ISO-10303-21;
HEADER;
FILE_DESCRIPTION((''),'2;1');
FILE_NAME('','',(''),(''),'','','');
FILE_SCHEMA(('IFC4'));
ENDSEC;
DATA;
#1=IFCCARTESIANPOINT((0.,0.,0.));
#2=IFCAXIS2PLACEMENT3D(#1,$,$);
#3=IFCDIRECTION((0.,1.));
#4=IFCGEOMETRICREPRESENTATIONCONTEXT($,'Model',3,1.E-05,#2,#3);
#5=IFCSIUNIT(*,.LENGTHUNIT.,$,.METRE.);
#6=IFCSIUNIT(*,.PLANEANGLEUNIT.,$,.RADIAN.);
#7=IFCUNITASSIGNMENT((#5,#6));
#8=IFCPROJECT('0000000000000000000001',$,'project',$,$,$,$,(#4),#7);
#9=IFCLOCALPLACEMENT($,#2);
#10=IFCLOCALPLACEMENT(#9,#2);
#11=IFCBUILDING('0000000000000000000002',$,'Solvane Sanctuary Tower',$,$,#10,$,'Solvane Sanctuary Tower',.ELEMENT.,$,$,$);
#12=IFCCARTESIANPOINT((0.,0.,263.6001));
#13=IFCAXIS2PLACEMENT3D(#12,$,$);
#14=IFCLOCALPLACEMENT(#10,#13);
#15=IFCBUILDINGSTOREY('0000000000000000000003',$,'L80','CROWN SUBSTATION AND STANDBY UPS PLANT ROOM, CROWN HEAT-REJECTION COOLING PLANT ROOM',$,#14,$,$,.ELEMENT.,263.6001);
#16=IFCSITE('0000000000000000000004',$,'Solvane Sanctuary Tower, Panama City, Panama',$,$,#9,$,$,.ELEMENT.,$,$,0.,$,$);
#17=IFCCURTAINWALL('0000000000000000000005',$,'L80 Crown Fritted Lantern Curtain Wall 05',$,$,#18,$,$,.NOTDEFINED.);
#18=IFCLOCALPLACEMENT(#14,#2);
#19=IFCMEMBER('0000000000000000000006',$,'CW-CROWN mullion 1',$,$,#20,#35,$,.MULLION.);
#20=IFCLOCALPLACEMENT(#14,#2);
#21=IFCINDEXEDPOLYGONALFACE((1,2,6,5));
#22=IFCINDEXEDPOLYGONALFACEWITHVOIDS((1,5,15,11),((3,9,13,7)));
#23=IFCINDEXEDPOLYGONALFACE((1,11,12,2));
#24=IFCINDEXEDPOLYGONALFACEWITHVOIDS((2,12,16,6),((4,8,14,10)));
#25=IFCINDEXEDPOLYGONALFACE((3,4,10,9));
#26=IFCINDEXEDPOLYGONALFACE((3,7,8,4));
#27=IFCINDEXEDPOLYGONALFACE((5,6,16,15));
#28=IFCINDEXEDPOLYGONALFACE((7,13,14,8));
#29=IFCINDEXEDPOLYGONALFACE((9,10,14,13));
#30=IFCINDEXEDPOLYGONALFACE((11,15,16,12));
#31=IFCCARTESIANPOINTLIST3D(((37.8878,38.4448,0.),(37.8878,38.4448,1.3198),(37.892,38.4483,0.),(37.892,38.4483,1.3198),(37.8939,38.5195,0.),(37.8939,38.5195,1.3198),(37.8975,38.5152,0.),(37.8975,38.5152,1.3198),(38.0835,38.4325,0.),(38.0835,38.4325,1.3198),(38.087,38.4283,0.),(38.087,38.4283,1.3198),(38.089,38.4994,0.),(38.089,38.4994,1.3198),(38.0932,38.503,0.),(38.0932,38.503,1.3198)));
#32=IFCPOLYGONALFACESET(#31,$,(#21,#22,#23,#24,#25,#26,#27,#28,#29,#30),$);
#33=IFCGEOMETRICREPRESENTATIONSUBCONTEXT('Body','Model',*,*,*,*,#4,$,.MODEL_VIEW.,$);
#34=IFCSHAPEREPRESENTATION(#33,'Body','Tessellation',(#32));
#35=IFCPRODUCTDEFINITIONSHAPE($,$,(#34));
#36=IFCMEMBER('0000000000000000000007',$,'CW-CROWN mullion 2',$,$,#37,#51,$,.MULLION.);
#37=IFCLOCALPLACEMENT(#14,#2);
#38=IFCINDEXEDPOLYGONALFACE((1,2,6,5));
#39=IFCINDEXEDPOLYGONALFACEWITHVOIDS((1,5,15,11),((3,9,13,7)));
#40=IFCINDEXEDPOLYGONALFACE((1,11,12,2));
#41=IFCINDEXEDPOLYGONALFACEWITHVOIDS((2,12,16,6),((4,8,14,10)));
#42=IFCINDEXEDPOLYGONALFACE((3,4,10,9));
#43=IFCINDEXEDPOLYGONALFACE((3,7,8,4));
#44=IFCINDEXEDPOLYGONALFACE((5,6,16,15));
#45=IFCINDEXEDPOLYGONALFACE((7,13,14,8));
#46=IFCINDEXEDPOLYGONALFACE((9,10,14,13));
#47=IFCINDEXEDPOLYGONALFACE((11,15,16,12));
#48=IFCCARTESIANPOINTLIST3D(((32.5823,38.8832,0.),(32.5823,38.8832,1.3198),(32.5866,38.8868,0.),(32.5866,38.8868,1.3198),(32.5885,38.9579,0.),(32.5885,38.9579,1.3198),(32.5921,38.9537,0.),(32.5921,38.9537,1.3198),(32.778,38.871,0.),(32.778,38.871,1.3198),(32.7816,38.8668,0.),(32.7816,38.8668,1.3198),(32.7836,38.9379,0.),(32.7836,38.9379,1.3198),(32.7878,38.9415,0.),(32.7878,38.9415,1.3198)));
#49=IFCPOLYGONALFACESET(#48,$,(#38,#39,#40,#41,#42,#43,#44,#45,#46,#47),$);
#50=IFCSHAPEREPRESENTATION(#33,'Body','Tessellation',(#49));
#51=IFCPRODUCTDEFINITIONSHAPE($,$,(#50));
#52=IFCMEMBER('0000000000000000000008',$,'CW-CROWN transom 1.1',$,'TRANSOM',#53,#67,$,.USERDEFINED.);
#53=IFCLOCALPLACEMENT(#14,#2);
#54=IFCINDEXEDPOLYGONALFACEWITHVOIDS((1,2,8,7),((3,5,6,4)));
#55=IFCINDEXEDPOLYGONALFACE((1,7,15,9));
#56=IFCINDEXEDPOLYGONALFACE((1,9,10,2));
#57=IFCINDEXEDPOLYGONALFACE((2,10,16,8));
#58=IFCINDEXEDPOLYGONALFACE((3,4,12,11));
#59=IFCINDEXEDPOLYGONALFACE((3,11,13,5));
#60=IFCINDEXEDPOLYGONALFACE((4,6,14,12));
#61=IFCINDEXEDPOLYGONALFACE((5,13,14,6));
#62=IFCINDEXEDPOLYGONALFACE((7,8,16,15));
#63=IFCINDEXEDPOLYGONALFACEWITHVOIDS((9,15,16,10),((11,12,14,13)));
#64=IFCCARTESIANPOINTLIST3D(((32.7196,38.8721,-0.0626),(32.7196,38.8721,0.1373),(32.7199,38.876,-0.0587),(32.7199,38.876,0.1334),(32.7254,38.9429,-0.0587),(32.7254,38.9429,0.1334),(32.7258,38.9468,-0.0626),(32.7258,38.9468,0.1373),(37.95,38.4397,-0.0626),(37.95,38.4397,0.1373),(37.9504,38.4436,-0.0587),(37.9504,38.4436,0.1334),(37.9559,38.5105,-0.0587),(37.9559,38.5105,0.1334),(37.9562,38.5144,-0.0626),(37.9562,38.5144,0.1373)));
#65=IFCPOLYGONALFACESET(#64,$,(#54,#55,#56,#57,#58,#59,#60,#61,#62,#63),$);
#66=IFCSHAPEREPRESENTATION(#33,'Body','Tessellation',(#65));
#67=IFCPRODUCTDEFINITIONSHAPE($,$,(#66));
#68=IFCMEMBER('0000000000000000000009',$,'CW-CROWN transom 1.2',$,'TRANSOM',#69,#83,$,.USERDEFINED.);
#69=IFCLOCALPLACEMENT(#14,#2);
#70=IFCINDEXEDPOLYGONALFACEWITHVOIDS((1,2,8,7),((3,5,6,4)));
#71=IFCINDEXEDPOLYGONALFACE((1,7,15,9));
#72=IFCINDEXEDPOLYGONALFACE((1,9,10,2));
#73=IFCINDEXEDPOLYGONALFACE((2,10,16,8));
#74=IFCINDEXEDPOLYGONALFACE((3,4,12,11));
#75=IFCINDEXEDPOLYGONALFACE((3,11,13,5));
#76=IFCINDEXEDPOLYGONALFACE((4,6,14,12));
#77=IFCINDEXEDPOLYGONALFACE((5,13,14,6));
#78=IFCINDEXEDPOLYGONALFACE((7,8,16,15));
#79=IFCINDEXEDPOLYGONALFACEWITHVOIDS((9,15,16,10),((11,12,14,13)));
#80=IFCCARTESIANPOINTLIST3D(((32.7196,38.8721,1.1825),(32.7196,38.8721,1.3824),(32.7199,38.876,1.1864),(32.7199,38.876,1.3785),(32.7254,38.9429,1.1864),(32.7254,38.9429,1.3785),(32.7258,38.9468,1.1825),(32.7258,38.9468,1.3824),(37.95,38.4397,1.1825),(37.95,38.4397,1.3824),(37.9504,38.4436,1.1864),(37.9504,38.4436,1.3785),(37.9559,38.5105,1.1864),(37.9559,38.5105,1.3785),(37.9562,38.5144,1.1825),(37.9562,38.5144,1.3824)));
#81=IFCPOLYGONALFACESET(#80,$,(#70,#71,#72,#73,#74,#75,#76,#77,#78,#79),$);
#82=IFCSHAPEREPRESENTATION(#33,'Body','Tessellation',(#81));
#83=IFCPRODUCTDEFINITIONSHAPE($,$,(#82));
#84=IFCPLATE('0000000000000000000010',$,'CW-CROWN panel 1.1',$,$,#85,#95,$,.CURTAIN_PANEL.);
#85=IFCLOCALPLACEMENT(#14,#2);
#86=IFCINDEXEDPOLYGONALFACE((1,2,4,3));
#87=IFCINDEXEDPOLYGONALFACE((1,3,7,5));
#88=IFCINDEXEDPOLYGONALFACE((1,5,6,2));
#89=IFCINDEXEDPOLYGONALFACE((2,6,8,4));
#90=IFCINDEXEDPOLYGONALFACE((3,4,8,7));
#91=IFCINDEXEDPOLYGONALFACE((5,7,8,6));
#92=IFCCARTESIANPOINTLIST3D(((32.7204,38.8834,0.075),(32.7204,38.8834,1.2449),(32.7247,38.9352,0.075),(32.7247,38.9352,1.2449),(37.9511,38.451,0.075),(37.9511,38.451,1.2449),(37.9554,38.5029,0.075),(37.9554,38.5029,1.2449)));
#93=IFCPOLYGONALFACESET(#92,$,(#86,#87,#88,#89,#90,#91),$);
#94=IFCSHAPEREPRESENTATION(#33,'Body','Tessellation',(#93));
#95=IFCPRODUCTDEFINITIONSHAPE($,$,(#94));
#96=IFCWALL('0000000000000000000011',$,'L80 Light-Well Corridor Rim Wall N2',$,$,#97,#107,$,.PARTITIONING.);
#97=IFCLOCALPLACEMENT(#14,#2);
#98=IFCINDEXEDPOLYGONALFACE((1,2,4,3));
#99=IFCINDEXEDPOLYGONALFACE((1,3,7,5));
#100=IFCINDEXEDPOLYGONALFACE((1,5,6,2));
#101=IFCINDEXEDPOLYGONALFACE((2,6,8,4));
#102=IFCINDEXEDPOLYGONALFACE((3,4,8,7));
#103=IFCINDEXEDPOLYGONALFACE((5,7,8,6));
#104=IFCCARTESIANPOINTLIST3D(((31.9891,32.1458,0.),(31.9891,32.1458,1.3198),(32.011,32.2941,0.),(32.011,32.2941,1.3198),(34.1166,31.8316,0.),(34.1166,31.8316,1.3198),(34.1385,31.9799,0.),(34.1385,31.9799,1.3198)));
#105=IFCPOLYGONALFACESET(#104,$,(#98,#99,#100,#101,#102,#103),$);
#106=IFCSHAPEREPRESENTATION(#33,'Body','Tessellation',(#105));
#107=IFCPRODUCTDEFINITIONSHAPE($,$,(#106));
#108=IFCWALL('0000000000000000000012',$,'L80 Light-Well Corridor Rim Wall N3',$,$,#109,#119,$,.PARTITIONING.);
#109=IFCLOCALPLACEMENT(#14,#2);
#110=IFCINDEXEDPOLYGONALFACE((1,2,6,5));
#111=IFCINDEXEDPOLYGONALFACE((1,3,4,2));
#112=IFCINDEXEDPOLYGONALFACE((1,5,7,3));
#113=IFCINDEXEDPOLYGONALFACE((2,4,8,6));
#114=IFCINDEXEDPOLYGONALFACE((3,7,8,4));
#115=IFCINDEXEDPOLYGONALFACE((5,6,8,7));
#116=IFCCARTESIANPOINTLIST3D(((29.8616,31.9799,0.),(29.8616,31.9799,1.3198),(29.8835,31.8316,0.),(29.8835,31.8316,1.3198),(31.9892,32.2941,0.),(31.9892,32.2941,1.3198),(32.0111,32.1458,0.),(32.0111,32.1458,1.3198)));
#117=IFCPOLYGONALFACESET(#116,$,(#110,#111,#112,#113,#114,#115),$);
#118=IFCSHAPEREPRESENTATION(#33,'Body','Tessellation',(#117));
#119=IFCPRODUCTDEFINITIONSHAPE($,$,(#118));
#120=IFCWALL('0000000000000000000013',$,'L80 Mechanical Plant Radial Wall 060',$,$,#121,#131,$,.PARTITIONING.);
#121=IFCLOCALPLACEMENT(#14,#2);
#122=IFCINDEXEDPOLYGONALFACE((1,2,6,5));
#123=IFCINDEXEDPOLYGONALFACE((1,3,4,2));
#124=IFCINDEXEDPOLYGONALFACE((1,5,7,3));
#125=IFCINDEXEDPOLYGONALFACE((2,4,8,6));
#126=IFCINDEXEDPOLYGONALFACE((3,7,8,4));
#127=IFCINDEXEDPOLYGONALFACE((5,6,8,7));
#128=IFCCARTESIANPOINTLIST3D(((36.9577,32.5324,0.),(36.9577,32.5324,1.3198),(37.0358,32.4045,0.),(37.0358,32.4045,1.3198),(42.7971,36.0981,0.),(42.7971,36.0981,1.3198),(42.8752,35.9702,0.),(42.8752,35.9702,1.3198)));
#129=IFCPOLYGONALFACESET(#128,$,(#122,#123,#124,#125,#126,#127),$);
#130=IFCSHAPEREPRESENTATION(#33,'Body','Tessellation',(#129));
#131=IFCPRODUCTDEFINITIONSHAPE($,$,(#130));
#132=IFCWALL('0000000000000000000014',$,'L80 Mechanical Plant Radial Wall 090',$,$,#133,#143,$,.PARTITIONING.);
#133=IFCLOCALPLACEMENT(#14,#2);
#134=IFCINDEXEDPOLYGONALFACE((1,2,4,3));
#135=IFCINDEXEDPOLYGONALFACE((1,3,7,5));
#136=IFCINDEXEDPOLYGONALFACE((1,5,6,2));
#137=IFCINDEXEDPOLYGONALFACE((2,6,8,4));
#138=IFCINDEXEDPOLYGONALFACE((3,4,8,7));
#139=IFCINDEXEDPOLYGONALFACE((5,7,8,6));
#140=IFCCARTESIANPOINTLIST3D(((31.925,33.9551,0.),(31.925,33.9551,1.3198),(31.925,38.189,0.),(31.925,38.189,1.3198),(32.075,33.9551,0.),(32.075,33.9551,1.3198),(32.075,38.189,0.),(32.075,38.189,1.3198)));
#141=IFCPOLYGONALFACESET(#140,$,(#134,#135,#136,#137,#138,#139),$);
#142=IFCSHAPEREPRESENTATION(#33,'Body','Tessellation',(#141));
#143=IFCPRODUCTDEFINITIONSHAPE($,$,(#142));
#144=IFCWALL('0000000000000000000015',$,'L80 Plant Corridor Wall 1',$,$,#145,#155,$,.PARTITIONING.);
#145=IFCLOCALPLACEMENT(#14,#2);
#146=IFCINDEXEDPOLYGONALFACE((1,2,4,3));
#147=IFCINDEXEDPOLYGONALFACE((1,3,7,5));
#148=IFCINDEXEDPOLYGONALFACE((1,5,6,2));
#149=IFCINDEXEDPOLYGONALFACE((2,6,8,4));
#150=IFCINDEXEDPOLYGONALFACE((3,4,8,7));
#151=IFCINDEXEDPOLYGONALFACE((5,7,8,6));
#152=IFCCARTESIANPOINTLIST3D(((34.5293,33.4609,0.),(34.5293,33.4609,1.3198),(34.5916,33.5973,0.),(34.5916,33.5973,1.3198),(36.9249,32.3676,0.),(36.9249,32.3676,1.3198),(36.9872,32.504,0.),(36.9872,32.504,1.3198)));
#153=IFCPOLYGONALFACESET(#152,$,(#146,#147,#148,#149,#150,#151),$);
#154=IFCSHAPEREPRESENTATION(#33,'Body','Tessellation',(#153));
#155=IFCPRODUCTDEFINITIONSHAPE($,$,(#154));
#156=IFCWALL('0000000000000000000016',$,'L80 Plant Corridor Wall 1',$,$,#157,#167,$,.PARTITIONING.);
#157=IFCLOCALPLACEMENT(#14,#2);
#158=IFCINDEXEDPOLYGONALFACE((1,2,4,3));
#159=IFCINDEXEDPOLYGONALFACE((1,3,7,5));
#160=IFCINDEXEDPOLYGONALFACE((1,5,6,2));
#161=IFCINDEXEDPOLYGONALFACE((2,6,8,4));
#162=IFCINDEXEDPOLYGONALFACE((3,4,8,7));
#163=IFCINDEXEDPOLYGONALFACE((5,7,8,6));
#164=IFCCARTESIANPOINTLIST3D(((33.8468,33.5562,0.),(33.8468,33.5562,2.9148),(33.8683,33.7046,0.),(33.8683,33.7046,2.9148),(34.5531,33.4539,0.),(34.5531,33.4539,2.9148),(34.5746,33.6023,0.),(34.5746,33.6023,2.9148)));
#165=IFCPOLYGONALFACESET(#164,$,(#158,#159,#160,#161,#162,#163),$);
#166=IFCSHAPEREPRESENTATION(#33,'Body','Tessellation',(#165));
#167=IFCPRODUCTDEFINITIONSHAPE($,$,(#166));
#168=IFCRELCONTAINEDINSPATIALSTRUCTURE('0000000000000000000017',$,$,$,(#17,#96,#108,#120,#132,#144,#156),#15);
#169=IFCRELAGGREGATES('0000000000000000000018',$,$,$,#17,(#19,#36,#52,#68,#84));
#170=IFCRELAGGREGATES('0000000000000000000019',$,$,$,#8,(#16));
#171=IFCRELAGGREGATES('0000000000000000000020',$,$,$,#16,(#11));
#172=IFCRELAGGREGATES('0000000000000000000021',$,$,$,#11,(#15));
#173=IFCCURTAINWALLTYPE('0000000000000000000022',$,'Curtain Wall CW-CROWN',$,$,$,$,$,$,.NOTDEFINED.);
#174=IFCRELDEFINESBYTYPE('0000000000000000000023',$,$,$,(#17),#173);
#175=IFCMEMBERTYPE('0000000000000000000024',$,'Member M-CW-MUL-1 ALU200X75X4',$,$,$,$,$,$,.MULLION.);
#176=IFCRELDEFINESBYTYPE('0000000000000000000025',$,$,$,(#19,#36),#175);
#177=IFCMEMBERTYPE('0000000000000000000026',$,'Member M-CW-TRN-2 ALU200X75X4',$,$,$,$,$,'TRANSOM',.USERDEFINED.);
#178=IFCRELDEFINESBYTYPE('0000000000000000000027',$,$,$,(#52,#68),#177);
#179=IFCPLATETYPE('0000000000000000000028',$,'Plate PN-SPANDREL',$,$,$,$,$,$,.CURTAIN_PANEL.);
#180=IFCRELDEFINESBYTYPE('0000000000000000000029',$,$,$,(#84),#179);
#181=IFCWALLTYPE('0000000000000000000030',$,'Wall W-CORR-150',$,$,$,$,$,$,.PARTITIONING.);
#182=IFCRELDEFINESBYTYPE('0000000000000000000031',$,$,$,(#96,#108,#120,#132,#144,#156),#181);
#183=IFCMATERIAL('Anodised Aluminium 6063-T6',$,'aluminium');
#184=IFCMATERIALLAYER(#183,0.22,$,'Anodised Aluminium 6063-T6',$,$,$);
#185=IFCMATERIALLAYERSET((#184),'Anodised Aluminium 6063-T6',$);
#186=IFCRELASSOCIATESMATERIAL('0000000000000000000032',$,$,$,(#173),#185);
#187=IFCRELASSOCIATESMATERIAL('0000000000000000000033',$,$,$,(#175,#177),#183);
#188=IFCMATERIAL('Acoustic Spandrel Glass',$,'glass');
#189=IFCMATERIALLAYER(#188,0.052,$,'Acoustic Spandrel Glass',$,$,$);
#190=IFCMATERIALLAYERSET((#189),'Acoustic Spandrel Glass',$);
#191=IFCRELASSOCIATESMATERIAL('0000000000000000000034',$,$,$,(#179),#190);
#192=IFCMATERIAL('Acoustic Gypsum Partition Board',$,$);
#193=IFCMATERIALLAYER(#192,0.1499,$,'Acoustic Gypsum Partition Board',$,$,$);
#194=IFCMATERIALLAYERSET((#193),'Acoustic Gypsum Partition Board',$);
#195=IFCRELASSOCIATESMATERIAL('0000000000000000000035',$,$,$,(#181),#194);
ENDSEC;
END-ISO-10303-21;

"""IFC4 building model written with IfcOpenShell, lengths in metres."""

from ifc_helpers import new_model, si_unit, direction, frame, frame_2d, origin, origin_2d, place, context, subcontext, project, spatial, rectangle, hollow_rectangle, extrude, material, layer, layer_set, material_profile, profile_set, type_object, element, aggregate, save


model = new_model("IFC4")

# Units and contexts
model_context = context("Model", 3, precision=1e-05, world=origin(), true_north=direction((0.0, 1.0)))
body_context = subcontext(model_context, "Body", "Model", "MODEL_VIEW")
ifc_project = project(units=[si_unit("LENGTHUNIT", "METRE"), si_unit("PLANEANGLEUNIT", "RADIAN")], contexts=[model_context])

# Site, building, storey
site_placement = place(None, origin())
site = spatial("IfcSite", under=ifc_project, at=site_placement, Name="Solvane Sanctuary Tower, Panama City, Panama", CompositionType="ELEMENT", RefElevation=0.0)
building_placement = place(site_placement, origin())
building = spatial("IfcBuilding", under=site, at=building_placement, Name="Solvane Sanctuary Tower", LongName="Solvane Sanctuary Tower", CompositionType="ELEMENT")
storey_placement = place(building_placement, frame((0.0, 0.0, 263.6001)))
storey = spatial("IfcBuildingStorey", under=building, at=storey_placement, Name="L80", Description="CROWN SUBSTATION AND STANDBY UPS PLANT ROOM, CROWN HEAT-REJECTION COOLING PLANT ROOM", CompositionType="ELEMENT", Elevation=263.6001)

# Shared definitions
ifc_material_1 = material(Name="Anodised Aluminium 6063-T6", Category="aluminium")
ifc_layer_1 = layer(ifc_material_1, 0.22, Name="Anodised Aluminium 6063-T6")
ifc_layer_set_1 = layer_set([ifc_layer_1], Name="Anodised Aluminium 6063-T6")
curtain_wall_type = type_object("IfcCurtainWallType", Name="Curtain Wall CW-CROWN", PredefinedType="NOTDEFINED", material=ifc_layer_set_1)
ifc_material_profile_1 = material_profile(ifc_material_1, hollow_rectangle(XDim=0.075, YDim=0.2, WallThickness=0.0039, at=origin_2d()), Name="ALU200X75X4")
ifc_profile_set_1 = profile_set([ifc_material_profile_1], Name="Anodised Aluminium 6063-T6")
member_type_1 = type_object("IfcMemberType", Name="Member M-CW-MUL-1 ALU200X75X4", PredefinedType="MULLION", material=ifc_profile_set_1)

# Curtain wall, members, plate
curtain_wall_1_placement = place(storey_placement, origin())
curtain_wall_1 = element("IfcCurtainWall", 1, at=curtain_wall_1_placement, inside=storey, type_object=curtain_wall_type, Name="L80 Crown Fritted Lantern Curtain Wall 05", PredefinedType="NOTDEFINED")
member_1_placement = place(storey_placement, frame((37.9905, 38.4739, 0.0), z_axis=(0.0, 0.0, 1.0), x_axis=(-0.082376, -0.996601, 0.0)))
member_1 = element("IfcMember", 2, at=member_1_placement, type_object=member_type_1, Name="CW-CROWN mullion 1", PredefinedType="MULLION", context=body_context, shape_type="SweptSolid", body=[
    extrude(hollow_rectangle(XDim=0.075, YDim=0.2, WallThickness=0.0039, at=origin_2d()), origin(), (0.0, 0.0, 1.0), 1.3198),
])
member_2_placement = place(storey_placement, frame((32.6851, 38.9124, 0.0), z_axis=(0.0, 0.0, 1.0), x_axis=(-0.082376, -0.996601, 0.0)))
member_2 = element("IfcMember", 3, at=member_2_placement, type_object=member_type_1, Name="CW-CROWN mullion 2", PredefinedType="MULLION", context=body_context, shape_type="SweptSolid", body=[
    extrude(hollow_rectangle(XDim=0.075, YDim=0.2, WallThickness=0.0039, at=origin_2d()), origin(), (0.0, 0.0, 1.0), 1.3198),
])
ifc_material_profile_2 = material_profile(ifc_material_1, hollow_rectangle(XDim=0.075, YDim=0.2, WallThickness=0.0039, at=origin_2d()), Name="ALU200X75X4")
ifc_profile_set_2 = profile_set([ifc_material_profile_2], Name="Anodised Aluminium 6063-T6")
member_type_2 = type_object("IfcMemberType", Name="Member M-CW-TRN-2 ALU200X75X4", ElementType="TRANSOM", PredefinedType="USERDEFINED", material=ifc_profile_set_2)
member_3_placement = place(storey_placement, frame((37.9531, 38.4771, 0.0374), z_axis=(-0.996601, 0.082383, 0.0), x_axis=(-0.082383, -0.996601, 0.0)))
member_3 = element("IfcMember", 4, at=member_3_placement, type_object=member_type_2, Name="CW-CROWN transom 1.1", ObjectType="TRANSOM", PredefinedType="USERDEFINED", context=body_context, shape_type="SweptSolid", body=[
    extrude(hollow_rectangle(XDim=0.075, YDim=0.2, WallThickness=0.0039, at=origin_2d()), origin(), (0.0, 0.0, 1.0), 5.2483),
])
member_4_placement = place(storey_placement, frame((37.9531, 38.4771, 1.2825), z_axis=(-0.996601, 0.082383, 0.0), x_axis=(-0.082383, -0.996601, 0.0)))
member_4 = element("IfcMember", 5, at=member_4_placement, type_object=member_type_2, Name="CW-CROWN transom 1.2", ObjectType="TRANSOM", PredefinedType="USERDEFINED", context=body_context, shape_type="SweptSolid", body=[
    extrude(hollow_rectangle(XDim=0.075, YDim=0.2, WallThickness=0.0039, at=origin_2d()), origin(), (0.0, 0.0, 1.0), 5.2483),
])
ifc_material_2 = material(Name="Acoustic Spandrel Glass", Category="glass")
ifc_layer_2 = layer(ifc_material_2, 0.052, Name="Acoustic Spandrel Glass")
ifc_layer_set_2 = layer_set([ifc_layer_2], Name="Acoustic Spandrel Glass")
plate_type = type_object("IfcPlateType", Name="Plate PN-SPANDREL", PredefinedType="CURTAIN_PANEL", material=ifc_layer_set_2)
plate_placement = place(storey_placement, frame((35.3379, 38.6931, 0.075), z_axis=(0.0, 0.0, 1.0), x_axis=(-0.996601, 0.082376, 0.0)))
plate = element("IfcPlate", 6, at=plate_placement, type_object=plate_type, Name="CW-CROWN panel 1.1", PredefinedType="CURTAIN_PANEL", context=body_context, shape_type="SweptSolid", body=[
    extrude(rectangle(XDim=5.2485, YDim=0.052, at=origin_2d()), origin(), (0.0, 0.0, 1.0), 1.1699),
])
aggregate(curtain_wall_1, [member_1, member_2, member_3, member_4, plate])

# Walls
ifc_material_3 = material(Name="Acoustic Gypsum Partition Board")
ifc_layer_3 = layer(ifc_material_3, 0.1499, Name="Acoustic Gypsum Partition Board")
ifc_layer_set_3 = layer_set([ifc_layer_3], Name="Acoustic Gypsum Partition Board")
wall_type_1 = type_object("IfcWallType", Name="Wall W-CORR-150", PredefinedType="PARTITIONING", material=ifc_layer_set_3)
for number, where, z_axis, x_axis, name in (
    (7, (34.1274, 31.9058, 0.0), (0.0, 0.0, 1.0), (-0.989269, 0.146108, 0.0), "L80 Light-Well Corridor Rim Wall N2"),
    (8, (32.0, 32.22, 0.0), (0.0, 0.0, 1.0), (-0.989269, -0.146108, 0.0), "L80 Light-Well Corridor Rim Wall N3"),
):
    element("IfcWall", number, at=place(storey_placement, frame(where, z_axis=z_axis, x_axis=x_axis)), inside=storey, type_object=wall_type_1, Name=name, PredefinedType="PARTITIONING", context=body_context, shape_type="SweptSolid", body=[
        extrude(rectangle(XDim=2.1506, YDim=0.1499, at=frame_2d((1.0752, 0.0))), origin(), (0.0, 0.0, 1.0), 1.3198),
    ])
wall_1_placement = place(storey_placement, frame((36.9968, 32.4685, 0.0), z_axis=(0.0, 0.0, 1.0), x_axis=(0.853465, 0.52115, 0.0)))
element("IfcWall", 9, at=wall_1_placement, inside=storey, type_object=wall_type_1, Name="L80 Mechanical Plant Radial Wall 060", PredefinedType="PARTITIONING", context=body_context, shape_type="SweptSolid", body=[
    extrude(rectangle(XDim=6.842, YDim=0.1499, at=frame_2d((3.4209, 0.0))), origin(), (0.0, 0.0, 1.0), 1.3198),
])
wall_2_placement = place(storey_placement, frame((32.0, 33.9551, 0.0), z_axis=(0.0, 0.0, 1.0), x_axis=(0.0, 1.0, 0.0)))
element("IfcWall", 10, at=wall_2_placement, inside=storey, type_object=wall_type_1, Name="L80 Mechanical Plant Radial Wall 090", PredefinedType="PARTITIONING", context=body_context, shape_type="SweptSolid", body=[
    extrude(rectangle(XDim=4.2339, YDim=0.1499, at=frame_2d((2.1169, 0.0))), origin(), (0.0, 0.0, 1.0), 1.3198),
])
wall_3_placement = place(storey_placement, frame((36.9561, 32.4358, 0.0), z_axis=(0.0, 0.0, 1.0), x_axis=(-0.909737, 0.415186, 0.0)))
element("IfcWall", 11, at=wall_3_placement, inside=storey, type_object=wall_type_1, Name="L80 Plant Corridor Wall 1", PredefinedType="PARTITIONING", context=body_context, shape_type="SweptSolid", body=[
    extrude(rectangle(XDim=2.6333, YDim=0.1499, at=frame_2d((1.3167, 0.0))), origin(), (0.0, 0.0, 1.0), 1.3198),
])
wall_4_placement = place(storey_placement, frame((34.564, 33.5281, 0.0), z_axis=(0.0, 0.0, 1.0), x_axis=(-0.989674, 0.143337, 0.0)))
element("IfcWall", 12, at=wall_4_placement, inside=storey, type_object=wall_type_1, Name="L80 Plant Corridor Wall 1", PredefinedType="PARTITIONING", context=body_context, shape_type="SweptSolid", body=[
    extrude(rectangle(XDim=0.7136, YDim=0.1499, at=frame_2d((0.3569, 0.0))), origin(), (0.0, 0.0, 1.0), 2.9148),
])

save(model, "model.ifc")
